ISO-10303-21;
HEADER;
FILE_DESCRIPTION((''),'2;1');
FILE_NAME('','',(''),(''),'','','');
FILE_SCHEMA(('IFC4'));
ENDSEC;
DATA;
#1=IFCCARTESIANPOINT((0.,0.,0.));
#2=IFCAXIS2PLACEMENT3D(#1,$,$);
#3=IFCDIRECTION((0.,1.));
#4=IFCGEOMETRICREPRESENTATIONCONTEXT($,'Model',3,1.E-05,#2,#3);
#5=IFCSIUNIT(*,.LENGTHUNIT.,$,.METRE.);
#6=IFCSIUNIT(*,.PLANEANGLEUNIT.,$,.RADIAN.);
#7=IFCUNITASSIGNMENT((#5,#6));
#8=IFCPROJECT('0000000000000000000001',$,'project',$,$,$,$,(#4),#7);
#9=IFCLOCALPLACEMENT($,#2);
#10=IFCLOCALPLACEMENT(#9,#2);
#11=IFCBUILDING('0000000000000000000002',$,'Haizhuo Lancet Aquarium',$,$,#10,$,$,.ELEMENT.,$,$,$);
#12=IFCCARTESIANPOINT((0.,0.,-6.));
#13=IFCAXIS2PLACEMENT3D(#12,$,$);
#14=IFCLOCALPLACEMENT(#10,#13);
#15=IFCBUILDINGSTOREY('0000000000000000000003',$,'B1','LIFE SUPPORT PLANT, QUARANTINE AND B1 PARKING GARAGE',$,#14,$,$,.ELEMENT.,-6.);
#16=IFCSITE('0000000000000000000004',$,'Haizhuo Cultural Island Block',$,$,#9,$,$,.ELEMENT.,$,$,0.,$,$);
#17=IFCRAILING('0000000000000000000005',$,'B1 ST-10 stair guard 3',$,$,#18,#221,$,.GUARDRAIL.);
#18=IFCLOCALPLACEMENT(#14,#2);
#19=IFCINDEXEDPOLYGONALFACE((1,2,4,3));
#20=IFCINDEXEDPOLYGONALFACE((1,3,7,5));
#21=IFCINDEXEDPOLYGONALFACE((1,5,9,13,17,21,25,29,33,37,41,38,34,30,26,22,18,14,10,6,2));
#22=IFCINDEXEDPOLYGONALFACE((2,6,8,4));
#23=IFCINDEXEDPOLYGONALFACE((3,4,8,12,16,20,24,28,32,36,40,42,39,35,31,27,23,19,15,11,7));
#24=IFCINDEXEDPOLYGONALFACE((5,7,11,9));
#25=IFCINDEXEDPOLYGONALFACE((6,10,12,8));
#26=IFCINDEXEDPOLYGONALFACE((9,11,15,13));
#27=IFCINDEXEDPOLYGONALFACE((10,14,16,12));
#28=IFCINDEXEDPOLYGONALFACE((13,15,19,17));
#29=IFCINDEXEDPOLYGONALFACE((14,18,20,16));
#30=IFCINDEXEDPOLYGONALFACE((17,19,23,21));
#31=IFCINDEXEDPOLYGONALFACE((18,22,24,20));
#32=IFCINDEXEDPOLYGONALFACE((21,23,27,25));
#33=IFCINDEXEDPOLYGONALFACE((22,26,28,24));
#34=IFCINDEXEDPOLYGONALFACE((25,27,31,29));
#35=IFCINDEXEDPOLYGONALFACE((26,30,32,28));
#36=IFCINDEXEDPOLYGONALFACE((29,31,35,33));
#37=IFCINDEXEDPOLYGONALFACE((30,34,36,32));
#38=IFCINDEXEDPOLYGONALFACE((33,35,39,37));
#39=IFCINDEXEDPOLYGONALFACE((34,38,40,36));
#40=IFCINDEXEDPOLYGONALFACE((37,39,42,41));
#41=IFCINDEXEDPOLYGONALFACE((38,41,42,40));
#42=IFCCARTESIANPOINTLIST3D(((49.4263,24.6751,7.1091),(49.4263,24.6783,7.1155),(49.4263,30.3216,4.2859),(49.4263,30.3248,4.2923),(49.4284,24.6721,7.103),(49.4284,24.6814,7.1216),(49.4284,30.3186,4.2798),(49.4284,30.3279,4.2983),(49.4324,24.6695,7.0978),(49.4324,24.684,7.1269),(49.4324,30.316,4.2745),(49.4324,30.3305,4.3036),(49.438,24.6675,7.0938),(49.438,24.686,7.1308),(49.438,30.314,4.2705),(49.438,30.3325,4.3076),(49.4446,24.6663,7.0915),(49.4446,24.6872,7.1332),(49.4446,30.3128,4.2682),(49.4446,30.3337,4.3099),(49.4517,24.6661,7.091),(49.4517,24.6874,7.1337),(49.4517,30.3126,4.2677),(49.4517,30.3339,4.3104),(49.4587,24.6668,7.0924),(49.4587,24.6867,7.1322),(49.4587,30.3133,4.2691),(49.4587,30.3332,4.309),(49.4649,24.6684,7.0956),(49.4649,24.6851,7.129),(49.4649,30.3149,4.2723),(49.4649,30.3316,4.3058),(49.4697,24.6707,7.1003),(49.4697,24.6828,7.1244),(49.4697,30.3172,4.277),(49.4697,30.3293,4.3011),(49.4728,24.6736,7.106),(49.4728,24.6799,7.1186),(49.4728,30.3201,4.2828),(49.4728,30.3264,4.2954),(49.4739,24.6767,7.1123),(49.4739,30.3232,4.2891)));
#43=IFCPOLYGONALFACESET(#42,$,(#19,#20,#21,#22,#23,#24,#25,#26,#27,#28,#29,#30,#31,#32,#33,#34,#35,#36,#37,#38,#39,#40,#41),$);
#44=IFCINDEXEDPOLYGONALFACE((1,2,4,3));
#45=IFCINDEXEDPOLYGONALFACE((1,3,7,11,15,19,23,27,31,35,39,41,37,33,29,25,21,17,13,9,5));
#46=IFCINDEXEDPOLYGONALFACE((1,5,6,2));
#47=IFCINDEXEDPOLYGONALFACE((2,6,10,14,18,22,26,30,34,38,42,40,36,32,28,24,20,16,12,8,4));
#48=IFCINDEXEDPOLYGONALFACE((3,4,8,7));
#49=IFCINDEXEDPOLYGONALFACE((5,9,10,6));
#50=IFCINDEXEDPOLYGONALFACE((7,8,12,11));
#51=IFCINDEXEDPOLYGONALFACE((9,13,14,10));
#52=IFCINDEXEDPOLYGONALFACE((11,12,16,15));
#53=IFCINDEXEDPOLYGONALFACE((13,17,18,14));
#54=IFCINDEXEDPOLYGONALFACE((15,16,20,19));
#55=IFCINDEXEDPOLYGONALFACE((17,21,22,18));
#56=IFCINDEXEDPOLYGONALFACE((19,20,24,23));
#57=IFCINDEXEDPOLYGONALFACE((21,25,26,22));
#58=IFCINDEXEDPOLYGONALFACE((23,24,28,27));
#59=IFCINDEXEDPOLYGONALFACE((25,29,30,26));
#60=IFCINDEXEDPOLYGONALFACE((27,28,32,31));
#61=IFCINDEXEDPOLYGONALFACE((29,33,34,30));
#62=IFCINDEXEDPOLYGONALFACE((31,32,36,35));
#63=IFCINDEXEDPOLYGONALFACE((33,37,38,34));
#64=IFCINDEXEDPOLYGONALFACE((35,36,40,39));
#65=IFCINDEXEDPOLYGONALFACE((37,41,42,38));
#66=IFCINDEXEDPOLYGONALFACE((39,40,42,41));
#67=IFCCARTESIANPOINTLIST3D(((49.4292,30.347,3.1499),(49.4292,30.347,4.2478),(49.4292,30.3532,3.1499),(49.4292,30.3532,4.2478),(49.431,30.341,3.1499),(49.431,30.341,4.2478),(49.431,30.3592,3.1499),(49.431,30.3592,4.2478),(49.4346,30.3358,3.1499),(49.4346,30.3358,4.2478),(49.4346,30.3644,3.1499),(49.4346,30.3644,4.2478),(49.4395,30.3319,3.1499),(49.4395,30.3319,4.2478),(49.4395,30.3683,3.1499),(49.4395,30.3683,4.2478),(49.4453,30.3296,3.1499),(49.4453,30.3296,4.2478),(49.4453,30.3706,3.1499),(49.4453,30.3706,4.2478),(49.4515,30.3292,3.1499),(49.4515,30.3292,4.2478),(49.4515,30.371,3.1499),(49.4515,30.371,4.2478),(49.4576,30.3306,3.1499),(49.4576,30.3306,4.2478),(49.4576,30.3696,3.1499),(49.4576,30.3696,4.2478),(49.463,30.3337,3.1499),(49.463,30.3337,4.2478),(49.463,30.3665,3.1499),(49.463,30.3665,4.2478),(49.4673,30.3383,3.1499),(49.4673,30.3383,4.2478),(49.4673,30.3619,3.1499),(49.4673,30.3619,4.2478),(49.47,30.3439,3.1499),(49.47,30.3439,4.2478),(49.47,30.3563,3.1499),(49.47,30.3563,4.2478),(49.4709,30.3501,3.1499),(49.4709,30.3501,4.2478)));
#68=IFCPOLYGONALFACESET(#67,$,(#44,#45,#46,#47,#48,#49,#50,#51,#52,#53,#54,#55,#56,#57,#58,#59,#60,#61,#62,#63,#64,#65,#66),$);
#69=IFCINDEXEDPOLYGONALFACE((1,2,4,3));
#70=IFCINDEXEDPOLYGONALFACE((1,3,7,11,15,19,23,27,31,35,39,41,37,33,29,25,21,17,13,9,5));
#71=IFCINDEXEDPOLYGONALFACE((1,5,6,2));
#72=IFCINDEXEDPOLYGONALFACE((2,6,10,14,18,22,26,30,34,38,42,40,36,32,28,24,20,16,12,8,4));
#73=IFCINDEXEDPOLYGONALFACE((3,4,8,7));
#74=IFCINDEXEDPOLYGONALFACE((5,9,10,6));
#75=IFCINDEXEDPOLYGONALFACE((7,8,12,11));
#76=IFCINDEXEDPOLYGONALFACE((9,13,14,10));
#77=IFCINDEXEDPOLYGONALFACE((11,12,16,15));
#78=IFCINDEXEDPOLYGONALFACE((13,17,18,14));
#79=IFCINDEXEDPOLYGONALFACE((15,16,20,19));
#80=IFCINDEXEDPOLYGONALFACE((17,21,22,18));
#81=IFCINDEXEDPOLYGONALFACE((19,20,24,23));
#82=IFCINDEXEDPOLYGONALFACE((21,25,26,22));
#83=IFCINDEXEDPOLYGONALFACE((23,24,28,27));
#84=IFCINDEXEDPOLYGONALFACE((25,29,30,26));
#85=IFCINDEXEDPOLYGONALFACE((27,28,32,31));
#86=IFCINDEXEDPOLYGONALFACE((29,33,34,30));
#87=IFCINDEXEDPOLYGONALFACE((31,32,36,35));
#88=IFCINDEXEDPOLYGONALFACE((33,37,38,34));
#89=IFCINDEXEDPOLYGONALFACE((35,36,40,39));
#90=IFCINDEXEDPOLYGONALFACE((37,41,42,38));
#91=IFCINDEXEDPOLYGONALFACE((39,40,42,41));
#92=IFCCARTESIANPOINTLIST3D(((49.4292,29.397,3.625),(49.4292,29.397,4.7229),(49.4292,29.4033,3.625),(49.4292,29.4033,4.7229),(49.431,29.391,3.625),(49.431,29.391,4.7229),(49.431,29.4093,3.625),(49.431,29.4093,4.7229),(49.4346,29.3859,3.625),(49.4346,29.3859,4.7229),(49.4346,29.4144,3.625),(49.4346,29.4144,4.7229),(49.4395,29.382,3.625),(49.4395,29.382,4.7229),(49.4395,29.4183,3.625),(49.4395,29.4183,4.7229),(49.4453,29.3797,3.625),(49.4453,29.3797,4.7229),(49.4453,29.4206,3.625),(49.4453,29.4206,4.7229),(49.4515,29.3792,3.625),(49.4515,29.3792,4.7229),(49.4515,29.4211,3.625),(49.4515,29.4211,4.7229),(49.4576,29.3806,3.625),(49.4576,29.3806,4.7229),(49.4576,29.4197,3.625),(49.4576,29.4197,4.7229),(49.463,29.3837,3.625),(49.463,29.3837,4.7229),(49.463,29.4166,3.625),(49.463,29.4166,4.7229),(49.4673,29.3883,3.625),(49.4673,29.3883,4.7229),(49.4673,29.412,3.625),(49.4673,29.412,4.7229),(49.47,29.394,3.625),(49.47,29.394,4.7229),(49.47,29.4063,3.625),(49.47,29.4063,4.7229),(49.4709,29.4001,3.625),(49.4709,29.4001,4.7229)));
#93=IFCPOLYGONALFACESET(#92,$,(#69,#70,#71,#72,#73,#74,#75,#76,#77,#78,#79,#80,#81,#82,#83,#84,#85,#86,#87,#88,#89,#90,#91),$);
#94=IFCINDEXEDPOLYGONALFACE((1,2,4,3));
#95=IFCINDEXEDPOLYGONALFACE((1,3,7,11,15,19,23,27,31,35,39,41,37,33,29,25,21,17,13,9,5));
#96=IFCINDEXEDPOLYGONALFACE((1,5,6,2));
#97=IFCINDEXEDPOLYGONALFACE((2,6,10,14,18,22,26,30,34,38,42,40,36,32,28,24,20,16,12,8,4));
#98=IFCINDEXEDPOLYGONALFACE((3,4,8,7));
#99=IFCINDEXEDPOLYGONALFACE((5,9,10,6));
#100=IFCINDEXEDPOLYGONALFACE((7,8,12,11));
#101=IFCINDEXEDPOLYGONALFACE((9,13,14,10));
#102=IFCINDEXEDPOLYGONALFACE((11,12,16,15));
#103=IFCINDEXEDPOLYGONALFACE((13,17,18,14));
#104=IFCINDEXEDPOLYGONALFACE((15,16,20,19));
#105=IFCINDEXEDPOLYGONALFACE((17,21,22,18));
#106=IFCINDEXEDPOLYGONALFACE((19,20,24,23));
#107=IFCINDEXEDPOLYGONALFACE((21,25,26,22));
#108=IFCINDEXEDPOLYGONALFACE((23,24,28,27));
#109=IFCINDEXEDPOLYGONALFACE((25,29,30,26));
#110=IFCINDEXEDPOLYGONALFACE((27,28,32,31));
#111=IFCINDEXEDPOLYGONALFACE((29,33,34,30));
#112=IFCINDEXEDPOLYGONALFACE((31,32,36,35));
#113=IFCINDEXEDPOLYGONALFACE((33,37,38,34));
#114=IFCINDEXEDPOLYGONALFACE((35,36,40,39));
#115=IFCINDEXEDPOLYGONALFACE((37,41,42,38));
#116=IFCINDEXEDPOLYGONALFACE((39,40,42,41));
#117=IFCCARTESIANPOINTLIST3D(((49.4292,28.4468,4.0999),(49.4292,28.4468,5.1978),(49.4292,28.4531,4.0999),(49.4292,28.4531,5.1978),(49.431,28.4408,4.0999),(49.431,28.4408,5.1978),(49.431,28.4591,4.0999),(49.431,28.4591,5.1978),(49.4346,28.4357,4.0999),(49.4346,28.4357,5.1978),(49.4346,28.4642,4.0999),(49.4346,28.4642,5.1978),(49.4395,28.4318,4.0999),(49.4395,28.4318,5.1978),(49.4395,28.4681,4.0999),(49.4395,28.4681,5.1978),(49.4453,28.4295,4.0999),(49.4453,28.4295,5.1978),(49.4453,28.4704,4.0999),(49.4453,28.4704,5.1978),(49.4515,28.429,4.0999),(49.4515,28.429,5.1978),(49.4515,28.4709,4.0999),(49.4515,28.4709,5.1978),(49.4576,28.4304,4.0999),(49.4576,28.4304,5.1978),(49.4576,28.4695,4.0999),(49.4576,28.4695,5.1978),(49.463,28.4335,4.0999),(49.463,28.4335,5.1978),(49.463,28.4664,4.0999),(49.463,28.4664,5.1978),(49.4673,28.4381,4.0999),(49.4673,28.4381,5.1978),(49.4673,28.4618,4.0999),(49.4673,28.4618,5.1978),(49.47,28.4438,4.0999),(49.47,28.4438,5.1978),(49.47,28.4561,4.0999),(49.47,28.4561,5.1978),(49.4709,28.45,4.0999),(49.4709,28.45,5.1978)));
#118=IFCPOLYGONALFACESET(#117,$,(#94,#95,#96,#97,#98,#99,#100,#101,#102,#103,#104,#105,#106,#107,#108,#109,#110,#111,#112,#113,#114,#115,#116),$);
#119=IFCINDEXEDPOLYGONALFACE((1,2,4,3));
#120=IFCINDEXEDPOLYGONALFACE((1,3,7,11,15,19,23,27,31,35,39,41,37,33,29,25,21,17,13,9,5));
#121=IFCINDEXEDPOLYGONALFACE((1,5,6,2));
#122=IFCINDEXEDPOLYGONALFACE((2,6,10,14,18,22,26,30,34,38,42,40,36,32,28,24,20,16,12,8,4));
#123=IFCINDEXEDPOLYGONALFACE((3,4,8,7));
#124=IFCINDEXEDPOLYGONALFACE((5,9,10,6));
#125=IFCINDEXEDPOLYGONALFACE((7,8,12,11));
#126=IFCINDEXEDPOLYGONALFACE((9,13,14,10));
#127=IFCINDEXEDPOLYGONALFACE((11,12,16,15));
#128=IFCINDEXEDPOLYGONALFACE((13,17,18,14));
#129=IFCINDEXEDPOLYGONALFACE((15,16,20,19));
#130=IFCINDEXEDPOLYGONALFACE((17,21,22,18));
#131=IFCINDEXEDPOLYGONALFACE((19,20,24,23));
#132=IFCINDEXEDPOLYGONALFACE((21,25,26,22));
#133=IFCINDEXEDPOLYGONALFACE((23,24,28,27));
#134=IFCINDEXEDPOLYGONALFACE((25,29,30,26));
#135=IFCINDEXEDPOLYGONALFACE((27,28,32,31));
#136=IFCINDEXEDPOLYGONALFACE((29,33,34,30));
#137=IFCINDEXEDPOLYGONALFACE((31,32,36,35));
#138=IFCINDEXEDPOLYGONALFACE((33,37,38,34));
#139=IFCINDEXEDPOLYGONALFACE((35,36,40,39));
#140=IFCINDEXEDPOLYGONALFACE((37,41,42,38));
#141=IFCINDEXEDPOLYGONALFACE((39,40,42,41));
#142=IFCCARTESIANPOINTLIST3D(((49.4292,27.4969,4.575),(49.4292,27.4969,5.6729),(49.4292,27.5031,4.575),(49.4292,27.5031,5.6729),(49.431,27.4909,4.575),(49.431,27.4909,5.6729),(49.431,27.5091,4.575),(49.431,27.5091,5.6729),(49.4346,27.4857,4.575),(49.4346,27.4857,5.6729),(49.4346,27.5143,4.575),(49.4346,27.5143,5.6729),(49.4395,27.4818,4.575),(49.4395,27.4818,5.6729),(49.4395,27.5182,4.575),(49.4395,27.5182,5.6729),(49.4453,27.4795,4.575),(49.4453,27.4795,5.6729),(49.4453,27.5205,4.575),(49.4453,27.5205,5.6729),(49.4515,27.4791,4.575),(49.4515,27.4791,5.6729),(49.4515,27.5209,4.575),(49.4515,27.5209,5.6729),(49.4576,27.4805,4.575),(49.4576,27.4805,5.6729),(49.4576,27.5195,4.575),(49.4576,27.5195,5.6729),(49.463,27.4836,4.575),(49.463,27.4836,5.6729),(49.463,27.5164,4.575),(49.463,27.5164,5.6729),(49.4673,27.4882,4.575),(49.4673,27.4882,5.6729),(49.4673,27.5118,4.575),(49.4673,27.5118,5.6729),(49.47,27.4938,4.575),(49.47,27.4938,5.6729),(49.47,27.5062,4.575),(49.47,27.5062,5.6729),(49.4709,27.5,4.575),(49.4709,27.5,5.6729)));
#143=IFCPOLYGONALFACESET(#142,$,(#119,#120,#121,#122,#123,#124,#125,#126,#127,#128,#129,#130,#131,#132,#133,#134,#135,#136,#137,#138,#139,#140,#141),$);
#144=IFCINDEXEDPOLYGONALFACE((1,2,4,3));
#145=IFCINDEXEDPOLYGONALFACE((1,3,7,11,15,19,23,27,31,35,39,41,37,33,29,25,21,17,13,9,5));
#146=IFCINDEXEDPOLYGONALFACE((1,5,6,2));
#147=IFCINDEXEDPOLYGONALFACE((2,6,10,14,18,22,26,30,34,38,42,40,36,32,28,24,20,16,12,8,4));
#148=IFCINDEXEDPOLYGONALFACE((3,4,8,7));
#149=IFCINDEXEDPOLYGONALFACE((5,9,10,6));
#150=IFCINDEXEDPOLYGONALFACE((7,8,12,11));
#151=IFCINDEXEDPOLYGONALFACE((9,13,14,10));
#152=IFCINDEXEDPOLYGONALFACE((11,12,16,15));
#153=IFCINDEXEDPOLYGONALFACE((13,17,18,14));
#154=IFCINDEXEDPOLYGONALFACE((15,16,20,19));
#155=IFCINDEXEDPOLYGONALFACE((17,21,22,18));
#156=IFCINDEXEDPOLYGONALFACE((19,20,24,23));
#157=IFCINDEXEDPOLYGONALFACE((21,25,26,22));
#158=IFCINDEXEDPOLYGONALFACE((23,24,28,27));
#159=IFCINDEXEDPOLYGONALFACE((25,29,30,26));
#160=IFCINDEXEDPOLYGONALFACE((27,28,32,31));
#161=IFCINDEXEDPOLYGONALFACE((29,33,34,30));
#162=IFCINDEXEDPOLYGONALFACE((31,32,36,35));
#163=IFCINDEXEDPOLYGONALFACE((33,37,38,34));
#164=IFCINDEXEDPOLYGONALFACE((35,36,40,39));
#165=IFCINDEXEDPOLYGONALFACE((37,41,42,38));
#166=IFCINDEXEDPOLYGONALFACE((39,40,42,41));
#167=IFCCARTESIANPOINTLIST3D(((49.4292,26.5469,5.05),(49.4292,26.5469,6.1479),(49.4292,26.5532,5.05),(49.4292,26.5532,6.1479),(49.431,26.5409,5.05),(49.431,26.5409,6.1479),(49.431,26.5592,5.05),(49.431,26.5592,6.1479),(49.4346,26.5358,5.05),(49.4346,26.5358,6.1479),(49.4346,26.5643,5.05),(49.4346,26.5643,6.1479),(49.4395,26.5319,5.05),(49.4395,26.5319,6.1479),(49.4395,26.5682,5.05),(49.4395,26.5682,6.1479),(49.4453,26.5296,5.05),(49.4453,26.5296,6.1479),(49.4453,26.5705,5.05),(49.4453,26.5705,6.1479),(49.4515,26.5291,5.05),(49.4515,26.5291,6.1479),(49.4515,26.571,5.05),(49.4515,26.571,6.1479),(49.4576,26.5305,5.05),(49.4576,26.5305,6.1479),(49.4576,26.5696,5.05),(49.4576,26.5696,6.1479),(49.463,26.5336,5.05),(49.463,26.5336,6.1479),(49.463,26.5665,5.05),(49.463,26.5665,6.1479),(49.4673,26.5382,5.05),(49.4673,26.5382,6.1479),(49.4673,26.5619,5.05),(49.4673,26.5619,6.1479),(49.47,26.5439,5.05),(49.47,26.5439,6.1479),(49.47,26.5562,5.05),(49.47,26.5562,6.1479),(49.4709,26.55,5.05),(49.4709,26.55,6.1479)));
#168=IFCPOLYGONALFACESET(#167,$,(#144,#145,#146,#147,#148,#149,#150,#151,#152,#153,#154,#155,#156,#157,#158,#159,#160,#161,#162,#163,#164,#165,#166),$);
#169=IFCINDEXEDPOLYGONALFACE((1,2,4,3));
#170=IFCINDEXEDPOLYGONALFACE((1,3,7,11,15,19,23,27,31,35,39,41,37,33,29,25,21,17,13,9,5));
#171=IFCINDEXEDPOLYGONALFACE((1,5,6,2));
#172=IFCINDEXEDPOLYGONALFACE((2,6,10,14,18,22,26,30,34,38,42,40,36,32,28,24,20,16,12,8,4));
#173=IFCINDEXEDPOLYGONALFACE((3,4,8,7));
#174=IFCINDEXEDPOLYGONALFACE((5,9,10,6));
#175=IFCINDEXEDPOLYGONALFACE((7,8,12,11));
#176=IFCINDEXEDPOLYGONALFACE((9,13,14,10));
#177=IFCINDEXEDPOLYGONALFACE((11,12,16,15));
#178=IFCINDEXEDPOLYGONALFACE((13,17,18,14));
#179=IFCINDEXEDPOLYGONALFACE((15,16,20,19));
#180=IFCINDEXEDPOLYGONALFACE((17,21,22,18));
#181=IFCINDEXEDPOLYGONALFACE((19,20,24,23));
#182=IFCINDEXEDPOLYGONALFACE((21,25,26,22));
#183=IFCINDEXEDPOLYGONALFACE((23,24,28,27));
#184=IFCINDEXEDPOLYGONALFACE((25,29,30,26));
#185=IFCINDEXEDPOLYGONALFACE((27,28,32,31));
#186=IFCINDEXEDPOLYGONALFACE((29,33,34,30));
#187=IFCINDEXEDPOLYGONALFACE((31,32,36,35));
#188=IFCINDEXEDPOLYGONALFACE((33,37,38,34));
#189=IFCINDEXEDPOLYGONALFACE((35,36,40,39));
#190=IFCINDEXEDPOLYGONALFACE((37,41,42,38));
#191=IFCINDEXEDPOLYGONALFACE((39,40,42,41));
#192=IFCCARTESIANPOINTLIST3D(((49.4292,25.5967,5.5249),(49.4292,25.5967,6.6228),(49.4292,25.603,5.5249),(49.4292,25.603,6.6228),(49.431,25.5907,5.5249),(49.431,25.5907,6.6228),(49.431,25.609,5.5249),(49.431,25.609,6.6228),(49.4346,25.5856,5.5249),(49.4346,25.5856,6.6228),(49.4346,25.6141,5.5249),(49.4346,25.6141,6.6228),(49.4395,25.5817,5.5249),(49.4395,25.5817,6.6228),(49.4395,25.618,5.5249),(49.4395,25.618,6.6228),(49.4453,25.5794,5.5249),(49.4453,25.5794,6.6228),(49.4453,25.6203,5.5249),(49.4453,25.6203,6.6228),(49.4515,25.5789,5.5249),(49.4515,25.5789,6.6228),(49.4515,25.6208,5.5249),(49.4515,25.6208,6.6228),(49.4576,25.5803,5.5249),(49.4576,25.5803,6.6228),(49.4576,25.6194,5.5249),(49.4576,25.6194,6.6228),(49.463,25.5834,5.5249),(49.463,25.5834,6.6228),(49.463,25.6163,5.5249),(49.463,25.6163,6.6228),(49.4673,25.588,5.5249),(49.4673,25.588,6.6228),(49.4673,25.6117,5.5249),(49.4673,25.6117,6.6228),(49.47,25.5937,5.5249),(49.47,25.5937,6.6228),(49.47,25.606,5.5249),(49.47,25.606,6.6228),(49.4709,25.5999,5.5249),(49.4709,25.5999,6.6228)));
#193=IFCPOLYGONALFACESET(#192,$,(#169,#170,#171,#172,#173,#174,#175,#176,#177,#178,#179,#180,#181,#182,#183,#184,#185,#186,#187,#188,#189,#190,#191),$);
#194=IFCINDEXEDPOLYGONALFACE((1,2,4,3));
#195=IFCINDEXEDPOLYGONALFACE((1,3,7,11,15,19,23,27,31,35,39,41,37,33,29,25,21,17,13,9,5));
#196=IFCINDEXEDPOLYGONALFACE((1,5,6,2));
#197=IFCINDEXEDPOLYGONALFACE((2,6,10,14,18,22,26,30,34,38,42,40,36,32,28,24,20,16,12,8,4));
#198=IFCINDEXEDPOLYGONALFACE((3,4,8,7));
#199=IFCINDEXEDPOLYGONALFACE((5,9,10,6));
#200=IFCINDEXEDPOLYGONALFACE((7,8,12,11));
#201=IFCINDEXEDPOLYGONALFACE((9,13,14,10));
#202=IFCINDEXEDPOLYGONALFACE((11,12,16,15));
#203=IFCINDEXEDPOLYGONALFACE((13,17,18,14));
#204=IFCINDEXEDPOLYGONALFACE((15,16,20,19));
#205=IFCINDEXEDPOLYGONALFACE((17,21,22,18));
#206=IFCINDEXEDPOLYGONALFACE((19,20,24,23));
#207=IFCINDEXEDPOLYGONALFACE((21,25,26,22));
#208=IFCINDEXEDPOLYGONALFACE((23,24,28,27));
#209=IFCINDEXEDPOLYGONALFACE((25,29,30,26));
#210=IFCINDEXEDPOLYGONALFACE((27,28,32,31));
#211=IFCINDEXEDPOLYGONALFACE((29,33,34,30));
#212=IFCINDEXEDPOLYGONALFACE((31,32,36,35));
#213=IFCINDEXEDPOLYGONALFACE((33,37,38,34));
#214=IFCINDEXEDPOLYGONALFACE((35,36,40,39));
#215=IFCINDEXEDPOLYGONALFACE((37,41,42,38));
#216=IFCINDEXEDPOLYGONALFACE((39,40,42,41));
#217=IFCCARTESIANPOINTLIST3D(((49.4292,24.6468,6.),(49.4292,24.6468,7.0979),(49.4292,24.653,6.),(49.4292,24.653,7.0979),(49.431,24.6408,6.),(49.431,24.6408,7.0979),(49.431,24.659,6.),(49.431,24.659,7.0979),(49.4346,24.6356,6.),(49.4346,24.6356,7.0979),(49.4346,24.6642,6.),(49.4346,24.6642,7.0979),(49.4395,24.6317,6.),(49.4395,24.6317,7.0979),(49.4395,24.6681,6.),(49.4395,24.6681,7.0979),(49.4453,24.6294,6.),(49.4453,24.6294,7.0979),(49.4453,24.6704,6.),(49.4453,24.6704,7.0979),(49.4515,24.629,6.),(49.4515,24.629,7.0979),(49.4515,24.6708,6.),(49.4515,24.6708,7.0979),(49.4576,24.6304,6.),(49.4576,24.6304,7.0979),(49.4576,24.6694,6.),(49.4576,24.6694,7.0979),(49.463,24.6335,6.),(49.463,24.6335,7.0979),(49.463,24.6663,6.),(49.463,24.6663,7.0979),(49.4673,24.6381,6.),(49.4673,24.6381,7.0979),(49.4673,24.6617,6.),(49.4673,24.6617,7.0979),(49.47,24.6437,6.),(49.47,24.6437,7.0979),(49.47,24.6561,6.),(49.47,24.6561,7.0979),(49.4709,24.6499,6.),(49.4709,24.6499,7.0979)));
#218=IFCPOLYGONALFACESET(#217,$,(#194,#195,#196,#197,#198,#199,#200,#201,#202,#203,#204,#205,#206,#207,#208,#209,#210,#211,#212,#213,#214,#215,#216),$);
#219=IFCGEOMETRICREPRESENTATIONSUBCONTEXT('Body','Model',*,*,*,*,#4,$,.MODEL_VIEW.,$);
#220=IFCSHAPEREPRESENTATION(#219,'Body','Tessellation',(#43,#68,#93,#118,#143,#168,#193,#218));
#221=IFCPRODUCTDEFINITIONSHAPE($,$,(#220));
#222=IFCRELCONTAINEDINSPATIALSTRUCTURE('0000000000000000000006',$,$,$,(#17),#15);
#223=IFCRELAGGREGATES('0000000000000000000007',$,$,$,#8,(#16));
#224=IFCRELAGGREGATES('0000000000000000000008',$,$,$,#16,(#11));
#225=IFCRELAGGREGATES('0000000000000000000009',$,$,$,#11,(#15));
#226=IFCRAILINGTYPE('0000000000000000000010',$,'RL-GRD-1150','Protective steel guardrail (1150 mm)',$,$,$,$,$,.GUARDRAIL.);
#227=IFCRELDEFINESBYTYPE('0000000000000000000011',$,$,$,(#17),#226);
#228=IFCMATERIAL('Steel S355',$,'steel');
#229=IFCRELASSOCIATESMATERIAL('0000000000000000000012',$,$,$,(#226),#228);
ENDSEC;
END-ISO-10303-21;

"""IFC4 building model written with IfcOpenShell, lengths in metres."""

from ifc_helpers import new_model, si_unit, direction, frame, origin, origin_2d, place, context, subcontext, project, spatial, circle, extrude, material, type_object, element, save


model = new_model("IFC4")

# Units and contexts
model_context = context("Model", 3, precision=1e-05, world=origin(), true_north=direction((0.0, 1.0)))
body_context = subcontext(model_context, "Body", "Model", "MODEL_VIEW")
ifc_project = project(units=[si_unit("LENGTHUNIT", "METRE"), si_unit("PLANEANGLEUNIT", "RADIAN")], contexts=[model_context])

# Site, building, storey
site_placement = place(None, origin())
site = spatial("IfcSite", under=ifc_project, at=site_placement, Name="Haizhuo Cultural Island Block", CompositionType="ELEMENT", RefElevation=0.0)
building_placement = place(site_placement, origin())
building = spatial("IfcBuilding", under=site, at=building_placement, Name="Haizhuo Lancet Aquarium", CompositionType="ELEMENT")
storey_placement = place(building_placement, frame((0.0, 0.0, -6.0)))
storey = spatial("IfcBuildingStorey", under=building, at=storey_placement, Name="B1", Description="LIFE SUPPORT PLANT, QUARANTINE AND B1 PARKING GARAGE", CompositionType="ELEMENT", Elevation=-6.0)

# Shared definitions
ifc_material_1 = material(Name="Steel S355", Category="steel")

# Railing
railing_type_1 = type_object("IfcRailingType", Name="RL-GRD-1150", Description="Protective steel guardrail (1150 mm)", PredefinedType="GUARDRAIL", material=ifc_material_1)
railing_1_placement = place(storey_placement, frame((49.45, 30.3501, 3.1499)))
element("IfcRailing", 1, at=railing_1_placement, inside=storey, type_object=railing_type_1, Name="B1 ST-10 stair guard 3", PredefinedType="GUARDRAIL", context=body_context, shape_type="SweptSolid", body=[
    extrude(circle(Radius=0.0239, at=origin_2d()), frame((0.0, -0.0269, 1.1392), z_axis=(0.0, -0.894427, 0.447214), x_axis=(1.0, 0.0, 0.0)), (0.0, 0.0, 1.0), 6.313),
    extrude(circle(Radius=0.021, at=origin_2d()), origin(), (0.0, 0.0, 1.0), 1.0979),
    extrude(circle(Radius=0.021, at=origin_2d()), frame((0.0, -0.95, 0.4751)), (0.0, 0.0, 1.0), 1.0979),
    extrude(circle(Radius=0.021, at=origin_2d()), frame((0.0, -1.9001, 0.95)), (0.0, 0.0, 1.0), 1.0979),
    extrude(circle(Radius=0.021, at=origin_2d()), frame((0.0, -2.8501, 1.425)), (0.0, 0.0, 1.0), 1.0979),
    extrude(circle(Radius=0.021, at=origin_2d()), frame((0.0, -3.8, 1.9001)), (0.0, 0.0, 1.0), 1.0979),
    extrude(circle(Radius=0.021, at=origin_2d()), frame((0.0, -4.7502, 2.375)), (0.0, 0.0, 1.0), 1.0979),
    extrude(circle(Radius=0.021, at=origin_2d()), frame((0.0, -5.7002, 2.8501)), (0.0, 0.0, 1.0), 1.0979),
])

save(model, "model.ifc")
